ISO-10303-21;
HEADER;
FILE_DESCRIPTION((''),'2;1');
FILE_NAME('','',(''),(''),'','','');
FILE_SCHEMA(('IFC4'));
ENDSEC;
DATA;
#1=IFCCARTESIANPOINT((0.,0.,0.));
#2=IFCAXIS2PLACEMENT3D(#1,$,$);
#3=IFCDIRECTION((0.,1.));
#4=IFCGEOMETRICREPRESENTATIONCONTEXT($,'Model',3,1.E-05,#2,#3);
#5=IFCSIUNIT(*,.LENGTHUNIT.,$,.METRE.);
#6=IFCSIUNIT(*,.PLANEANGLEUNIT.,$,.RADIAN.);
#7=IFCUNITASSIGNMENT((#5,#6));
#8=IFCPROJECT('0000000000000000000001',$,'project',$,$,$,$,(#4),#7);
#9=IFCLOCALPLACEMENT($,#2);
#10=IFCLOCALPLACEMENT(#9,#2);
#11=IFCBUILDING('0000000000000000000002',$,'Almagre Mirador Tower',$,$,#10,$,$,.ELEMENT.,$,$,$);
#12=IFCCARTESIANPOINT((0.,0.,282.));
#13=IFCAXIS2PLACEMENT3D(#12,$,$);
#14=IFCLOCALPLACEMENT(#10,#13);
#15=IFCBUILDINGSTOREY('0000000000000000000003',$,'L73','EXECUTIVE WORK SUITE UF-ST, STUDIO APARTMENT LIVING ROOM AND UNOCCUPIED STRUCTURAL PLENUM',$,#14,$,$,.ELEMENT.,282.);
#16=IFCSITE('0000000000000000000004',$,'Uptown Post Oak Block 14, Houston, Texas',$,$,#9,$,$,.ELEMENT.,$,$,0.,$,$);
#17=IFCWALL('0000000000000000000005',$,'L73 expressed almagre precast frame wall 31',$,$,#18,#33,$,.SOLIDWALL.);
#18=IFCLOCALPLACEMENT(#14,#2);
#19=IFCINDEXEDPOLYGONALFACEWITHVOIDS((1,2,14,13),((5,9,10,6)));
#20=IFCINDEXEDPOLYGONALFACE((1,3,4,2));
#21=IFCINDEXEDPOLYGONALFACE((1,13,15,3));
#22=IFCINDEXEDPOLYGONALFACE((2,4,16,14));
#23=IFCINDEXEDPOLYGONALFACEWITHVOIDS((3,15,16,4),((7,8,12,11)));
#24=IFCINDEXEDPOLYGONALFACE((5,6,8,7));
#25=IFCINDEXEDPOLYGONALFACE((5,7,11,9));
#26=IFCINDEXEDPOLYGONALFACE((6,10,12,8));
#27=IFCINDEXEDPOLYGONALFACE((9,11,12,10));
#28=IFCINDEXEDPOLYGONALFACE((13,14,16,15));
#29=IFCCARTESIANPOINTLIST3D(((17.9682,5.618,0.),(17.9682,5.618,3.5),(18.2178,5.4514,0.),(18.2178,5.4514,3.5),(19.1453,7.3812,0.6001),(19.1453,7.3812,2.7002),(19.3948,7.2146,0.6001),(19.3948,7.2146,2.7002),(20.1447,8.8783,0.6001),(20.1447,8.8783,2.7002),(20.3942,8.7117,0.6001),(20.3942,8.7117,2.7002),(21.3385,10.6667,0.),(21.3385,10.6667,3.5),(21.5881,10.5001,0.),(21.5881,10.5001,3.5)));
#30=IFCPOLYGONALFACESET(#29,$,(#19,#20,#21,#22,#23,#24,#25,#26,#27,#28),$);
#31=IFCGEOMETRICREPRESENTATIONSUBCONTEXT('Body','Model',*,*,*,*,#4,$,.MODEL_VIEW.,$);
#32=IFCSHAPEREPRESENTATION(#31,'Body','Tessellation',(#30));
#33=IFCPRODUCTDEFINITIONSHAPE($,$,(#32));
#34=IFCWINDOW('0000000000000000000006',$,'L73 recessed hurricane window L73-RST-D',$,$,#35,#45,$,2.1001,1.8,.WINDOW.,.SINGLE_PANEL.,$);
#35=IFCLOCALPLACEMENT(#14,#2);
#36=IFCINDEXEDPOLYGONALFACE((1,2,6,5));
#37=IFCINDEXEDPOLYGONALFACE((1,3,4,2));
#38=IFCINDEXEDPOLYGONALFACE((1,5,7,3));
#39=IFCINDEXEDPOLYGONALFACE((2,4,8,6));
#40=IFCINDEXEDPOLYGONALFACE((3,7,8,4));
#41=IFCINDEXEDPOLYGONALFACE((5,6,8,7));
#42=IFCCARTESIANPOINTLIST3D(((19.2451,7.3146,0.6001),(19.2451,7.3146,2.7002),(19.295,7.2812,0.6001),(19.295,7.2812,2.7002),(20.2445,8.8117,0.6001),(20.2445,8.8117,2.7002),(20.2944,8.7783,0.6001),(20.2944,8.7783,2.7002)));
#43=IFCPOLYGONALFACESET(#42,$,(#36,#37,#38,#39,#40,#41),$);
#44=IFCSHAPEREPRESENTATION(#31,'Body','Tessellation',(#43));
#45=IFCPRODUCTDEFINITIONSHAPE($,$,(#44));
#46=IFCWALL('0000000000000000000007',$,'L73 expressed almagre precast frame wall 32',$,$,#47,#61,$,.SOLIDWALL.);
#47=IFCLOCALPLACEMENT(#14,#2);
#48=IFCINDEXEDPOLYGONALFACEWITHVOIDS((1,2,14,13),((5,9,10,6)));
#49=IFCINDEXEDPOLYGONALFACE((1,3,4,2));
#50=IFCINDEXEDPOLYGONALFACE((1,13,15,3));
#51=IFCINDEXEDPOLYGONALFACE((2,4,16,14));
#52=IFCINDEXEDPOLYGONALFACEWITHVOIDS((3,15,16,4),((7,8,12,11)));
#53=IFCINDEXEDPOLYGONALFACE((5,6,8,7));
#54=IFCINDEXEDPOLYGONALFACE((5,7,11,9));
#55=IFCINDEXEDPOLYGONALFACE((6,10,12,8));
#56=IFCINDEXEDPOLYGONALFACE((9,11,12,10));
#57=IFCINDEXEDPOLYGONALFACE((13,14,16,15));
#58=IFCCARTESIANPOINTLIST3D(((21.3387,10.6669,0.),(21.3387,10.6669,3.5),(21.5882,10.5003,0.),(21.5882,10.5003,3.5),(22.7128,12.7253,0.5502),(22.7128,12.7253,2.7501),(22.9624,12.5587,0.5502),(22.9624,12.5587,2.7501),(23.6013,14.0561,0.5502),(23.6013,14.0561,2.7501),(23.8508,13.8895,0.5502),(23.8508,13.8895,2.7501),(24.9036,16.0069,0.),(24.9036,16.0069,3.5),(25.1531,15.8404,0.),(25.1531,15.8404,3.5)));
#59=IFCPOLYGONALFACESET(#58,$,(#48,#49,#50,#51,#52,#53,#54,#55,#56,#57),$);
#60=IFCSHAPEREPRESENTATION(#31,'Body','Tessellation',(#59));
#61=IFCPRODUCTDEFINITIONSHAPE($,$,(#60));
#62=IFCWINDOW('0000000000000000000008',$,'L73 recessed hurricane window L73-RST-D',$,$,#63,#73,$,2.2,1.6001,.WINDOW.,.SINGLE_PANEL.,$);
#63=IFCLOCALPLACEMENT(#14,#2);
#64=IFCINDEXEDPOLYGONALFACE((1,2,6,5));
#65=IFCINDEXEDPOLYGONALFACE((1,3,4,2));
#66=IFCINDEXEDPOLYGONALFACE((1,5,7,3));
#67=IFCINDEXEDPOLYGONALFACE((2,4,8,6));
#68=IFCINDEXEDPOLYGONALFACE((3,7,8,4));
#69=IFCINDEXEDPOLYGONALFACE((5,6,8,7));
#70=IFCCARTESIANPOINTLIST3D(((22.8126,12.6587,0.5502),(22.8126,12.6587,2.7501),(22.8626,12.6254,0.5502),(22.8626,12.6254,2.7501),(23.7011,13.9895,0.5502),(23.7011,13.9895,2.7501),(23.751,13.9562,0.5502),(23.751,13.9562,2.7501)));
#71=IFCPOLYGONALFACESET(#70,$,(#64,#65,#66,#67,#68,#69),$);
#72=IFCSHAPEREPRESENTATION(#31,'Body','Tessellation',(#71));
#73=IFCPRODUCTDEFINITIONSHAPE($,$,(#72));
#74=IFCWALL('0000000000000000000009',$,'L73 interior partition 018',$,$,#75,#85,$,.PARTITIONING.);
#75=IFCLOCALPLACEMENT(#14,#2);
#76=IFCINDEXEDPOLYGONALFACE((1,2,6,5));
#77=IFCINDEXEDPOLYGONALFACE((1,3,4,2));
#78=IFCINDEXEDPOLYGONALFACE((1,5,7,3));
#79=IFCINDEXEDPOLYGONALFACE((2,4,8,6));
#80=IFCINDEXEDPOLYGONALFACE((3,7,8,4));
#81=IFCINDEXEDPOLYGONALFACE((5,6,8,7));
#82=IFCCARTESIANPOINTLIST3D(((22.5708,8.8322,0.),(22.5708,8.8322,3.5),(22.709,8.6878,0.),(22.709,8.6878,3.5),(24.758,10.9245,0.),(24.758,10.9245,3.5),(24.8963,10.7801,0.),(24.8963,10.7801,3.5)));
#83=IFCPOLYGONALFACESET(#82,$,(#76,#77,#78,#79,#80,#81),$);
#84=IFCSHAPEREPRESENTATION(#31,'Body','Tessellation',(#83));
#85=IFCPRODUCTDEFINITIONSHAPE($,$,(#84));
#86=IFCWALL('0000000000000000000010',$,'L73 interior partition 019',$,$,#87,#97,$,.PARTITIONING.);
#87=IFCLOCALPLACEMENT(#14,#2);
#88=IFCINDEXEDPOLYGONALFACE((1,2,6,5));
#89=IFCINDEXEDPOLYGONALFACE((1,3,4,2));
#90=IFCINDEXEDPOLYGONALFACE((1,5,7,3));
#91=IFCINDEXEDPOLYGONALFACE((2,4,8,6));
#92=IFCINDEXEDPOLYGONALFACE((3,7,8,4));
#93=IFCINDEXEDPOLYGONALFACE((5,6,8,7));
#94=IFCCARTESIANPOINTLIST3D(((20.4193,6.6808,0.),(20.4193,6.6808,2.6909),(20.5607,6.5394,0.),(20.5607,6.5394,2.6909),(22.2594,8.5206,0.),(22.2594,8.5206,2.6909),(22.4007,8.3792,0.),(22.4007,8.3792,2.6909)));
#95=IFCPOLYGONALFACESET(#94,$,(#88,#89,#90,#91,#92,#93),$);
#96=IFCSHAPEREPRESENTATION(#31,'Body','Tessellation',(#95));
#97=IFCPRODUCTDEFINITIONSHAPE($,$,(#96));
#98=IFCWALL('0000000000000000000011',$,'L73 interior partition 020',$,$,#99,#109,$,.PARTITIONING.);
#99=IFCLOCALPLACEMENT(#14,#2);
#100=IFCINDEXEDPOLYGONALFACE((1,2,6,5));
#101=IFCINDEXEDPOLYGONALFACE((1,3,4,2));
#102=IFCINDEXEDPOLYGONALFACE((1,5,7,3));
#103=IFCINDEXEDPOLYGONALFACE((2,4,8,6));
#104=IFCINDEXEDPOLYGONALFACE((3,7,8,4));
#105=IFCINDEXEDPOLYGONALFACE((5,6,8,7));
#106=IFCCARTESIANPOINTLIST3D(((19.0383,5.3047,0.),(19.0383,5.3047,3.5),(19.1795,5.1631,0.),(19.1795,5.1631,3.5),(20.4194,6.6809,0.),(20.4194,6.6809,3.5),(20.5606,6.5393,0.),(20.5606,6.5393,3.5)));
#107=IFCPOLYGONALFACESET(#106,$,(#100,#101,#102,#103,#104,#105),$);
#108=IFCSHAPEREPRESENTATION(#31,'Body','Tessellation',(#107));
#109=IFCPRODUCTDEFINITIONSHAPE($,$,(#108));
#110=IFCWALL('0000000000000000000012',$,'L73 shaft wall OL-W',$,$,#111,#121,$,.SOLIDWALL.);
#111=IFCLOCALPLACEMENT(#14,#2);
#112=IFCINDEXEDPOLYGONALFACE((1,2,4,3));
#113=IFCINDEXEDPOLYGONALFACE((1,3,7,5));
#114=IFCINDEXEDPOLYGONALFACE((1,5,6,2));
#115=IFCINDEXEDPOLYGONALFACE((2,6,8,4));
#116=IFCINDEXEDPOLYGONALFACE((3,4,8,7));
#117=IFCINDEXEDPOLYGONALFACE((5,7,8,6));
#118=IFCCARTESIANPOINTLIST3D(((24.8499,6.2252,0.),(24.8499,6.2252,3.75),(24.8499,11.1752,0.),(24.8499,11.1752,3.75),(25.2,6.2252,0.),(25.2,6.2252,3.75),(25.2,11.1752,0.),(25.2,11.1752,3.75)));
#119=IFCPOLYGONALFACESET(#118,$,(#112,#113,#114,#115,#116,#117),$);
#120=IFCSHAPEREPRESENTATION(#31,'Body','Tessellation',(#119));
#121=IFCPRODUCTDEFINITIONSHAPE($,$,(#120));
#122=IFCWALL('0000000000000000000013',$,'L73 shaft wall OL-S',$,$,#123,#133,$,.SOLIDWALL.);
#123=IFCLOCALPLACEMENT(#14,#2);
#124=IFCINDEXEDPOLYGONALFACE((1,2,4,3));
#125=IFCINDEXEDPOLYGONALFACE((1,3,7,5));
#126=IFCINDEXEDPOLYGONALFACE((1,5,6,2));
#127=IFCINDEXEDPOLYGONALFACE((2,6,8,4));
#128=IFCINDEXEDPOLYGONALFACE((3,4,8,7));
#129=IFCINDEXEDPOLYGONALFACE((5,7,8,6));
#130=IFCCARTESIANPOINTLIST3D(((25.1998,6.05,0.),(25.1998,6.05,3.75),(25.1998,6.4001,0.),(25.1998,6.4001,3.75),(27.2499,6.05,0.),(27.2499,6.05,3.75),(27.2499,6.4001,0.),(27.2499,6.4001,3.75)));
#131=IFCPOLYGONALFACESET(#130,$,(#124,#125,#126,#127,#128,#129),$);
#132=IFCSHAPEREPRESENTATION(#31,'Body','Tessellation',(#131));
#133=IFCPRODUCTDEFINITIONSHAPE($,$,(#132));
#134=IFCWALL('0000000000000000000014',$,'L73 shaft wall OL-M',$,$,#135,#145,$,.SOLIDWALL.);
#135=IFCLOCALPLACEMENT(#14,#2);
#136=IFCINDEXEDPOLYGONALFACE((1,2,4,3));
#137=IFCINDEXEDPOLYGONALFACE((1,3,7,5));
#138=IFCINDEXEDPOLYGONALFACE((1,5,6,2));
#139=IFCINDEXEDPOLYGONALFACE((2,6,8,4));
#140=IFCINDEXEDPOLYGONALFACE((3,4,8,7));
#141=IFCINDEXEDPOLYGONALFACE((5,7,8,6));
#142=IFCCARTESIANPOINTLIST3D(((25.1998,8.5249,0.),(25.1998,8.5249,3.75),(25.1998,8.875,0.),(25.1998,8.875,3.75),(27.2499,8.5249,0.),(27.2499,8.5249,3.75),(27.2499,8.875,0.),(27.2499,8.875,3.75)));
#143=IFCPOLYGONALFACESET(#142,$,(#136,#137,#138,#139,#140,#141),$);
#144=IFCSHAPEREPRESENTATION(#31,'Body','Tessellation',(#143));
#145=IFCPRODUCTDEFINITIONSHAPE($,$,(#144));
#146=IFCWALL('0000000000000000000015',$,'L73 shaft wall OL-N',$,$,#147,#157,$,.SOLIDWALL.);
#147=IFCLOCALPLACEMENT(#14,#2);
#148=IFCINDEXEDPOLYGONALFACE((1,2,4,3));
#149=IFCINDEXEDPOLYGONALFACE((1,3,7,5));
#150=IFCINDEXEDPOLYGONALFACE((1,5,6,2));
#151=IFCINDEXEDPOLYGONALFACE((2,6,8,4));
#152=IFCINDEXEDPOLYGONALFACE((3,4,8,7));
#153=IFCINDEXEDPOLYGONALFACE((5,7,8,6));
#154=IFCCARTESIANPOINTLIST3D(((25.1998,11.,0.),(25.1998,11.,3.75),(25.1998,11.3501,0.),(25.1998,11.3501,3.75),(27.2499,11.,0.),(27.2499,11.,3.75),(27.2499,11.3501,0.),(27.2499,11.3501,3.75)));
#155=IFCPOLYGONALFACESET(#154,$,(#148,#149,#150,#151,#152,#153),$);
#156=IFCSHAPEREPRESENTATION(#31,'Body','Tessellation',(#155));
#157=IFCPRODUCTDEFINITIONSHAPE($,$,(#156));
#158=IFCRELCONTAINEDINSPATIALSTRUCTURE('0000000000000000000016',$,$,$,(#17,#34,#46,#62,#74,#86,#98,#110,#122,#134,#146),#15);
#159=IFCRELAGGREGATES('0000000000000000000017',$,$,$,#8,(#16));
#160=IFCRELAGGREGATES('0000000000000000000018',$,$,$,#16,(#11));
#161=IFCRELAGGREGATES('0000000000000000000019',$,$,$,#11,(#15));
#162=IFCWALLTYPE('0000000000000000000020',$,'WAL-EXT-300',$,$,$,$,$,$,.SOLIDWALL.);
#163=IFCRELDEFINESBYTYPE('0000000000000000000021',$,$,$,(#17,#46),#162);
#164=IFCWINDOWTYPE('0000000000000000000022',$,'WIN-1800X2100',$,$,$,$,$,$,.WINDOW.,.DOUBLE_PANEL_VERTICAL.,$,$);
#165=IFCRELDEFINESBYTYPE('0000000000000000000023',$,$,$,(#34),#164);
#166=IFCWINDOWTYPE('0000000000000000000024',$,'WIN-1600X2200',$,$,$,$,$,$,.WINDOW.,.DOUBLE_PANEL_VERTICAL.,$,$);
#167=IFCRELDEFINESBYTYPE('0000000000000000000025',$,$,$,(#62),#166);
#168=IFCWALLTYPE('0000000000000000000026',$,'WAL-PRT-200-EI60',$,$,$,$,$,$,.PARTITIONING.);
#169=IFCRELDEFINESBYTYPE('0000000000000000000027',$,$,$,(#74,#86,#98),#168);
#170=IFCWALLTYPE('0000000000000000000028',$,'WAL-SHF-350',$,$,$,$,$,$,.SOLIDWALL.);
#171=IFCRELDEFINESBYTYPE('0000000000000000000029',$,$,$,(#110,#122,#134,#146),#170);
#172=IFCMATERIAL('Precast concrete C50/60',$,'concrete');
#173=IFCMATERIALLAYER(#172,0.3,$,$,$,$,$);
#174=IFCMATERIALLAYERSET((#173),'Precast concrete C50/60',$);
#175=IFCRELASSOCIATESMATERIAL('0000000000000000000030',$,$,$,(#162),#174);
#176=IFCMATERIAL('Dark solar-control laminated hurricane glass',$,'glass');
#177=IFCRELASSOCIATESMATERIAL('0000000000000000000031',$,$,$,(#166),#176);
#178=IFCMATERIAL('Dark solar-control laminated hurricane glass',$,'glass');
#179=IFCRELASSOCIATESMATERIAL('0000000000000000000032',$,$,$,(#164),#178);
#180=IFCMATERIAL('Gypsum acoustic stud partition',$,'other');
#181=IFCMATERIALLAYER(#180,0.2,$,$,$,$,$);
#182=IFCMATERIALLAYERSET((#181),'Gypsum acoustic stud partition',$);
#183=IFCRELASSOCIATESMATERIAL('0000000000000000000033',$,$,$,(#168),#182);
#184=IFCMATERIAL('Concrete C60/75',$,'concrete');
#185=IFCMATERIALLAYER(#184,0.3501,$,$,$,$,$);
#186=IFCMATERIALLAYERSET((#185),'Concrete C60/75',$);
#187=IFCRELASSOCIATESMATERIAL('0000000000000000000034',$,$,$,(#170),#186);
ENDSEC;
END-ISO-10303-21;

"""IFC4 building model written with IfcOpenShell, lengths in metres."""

from ifc_helpers import new_model, si_unit, direction, frame, frame_2d, origin, place, context, subcontext, project, spatial, rectangle, extrude, material, layer, layer_set, type_object, element, fill, save


model = new_model("IFC4")

# Units and contexts
model_context = context("Model", 3, precision=1e-05, world=origin(), true_north=direction((0.0, 1.0)))
body_context = subcontext(model_context, "Body", "Model", "MODEL_VIEW")
ifc_project = project(units=[si_unit("LENGTHUNIT", "METRE"), si_unit("PLANEANGLEUNIT", "RADIAN")], contexts=[model_context])

# Site, building, storey
site_placement = place(None, origin())
site = spatial("IfcSite", under=ifc_project, at=site_placement, Name="Uptown Post Oak Block 14, Houston, Texas", CompositionType="ELEMENT", RefElevation=0.0)
building_placement = place(site_placement, origin())
building = spatial("IfcBuilding", under=site, at=building_placement, Name="Almagre Mirador Tower", CompositionType="ELEMENT")
storey_placement = place(building_placement, frame((0.0, 0.0, 282.0)))
storey = spatial("IfcBuildingStorey", under=building, at=storey_placement, Name="L73", Description="EXECUTIVE WORK SUITE UF-ST, STUDIO APARTMENT LIVING ROOM AND UNOCCUPIED STRUCTURAL PLENUM", CompositionType="ELEMENT", Elevation=282.0)

# Shared definitions
ifc_material_1 = material(Name="Precast concrete C50/60", Category="concrete")
ifc_layer_1 = layer(ifc_material_1, 0.3)
ifc_layer_set_1 = layer_set([ifc_layer_1], Name="Precast concrete C50/60")
wall_type_1 = type_object("IfcWallType", Name="WAL-EXT-300", PredefinedType="SOLIDWALL", material=ifc_layer_set_1)

# Shared definitions
ifc_material_2 = material(Name="Dark solar-control laminated hurricane glass", Category="glass")
window_type_1 = type_object("IfcWindowType", Name="WIN-1600X2200", PartitioningType="DOUBLE_PANEL_VERTICAL", PredefinedType="WINDOW", material=ifc_material_2)

# Walls, openings, windows
wall_1_placement = place(storey_placement, frame((18.093, 5.5347, 0.0), z_axis=(0.0, 0.0, 1.0), x_axis=(0.555211, 0.83171, 0.0)))
wall_1 = element("IfcWall", 1, at=wall_1_placement, inside=storey, type_object=wall_type_1, Name="L73 expressed almagre precast frame wall 31", PredefinedType="SOLIDWALL", context=body_context, shape_type="SweptSolid", body=[
    extrude(rectangle(XDim=6.0703, YDim=0.3, at=frame_2d((3.0352, 0.0))), origin(), (0.0, 0.0, 1.0), 3.5),
])
opening_1_placement = place(wall_1_placement, frame((2.1201, 0.0, 0.6001)))
opening_1 = element("IfcOpeningElement", 2, at=opening_1_placement, cuts=wall_1, PredefinedType="OPENING", context=body_context, shape_type="SweptSolid", body=[
    extrude(rectangle(XDim=1.8, YDim=2.1001, at=frame_2d((0.8999, 1.05))), frame((0.0, 0.1599, 0.0), z_axis=(0.0, -1.0, 0.0), x_axis=(1.0, 0.0, 0.0)), (0.0, 0.0, 1.0), 0.32),
])
ifc_material_3 = material(Name="Dark solar-control laminated hurricane glass", Category="glass")
window_type_2 = type_object("IfcWindowType", Name="WIN-1800X2100", PartitioningType="DOUBLE_PANEL_VERTICAL", PredefinedType="WINDOW", material=ifc_material_3)
window_1_placement = place(opening_1_placement, origin())
window_1 = element("IfcWindow", 3, at=window_1_placement, inside=storey, type_object=window_type_2, Name="L73 recessed hurricane window L73-RST-D", OverallHeight=2.1001, OverallWidth=1.8, PartitioningType="SINGLE_PANEL", PredefinedType="WINDOW", context=body_context, shape_type="SweptSolid", body=[
    extrude(rectangle(XDim=1.8, YDim=2.1001, at=frame_2d((0.8999, 1.05))), frame((0.0, 0.03, 0.0), z_axis=(0.0, -1.0, 0.0), x_axis=(1.0, 0.0, 0.0)), (0.0, 0.0, 1.0), 0.0601),
])
fill(opening_1, window_1)
wall_2_placement = place(storey_placement, frame((21.4634, 10.5835, 0.0), z_axis=(0.0, 0.0, 1.0), x_axis=(0.555227, 0.831699, 0.0)))
wall_2 = element("IfcWall", 4, at=wall_2_placement, inside=storey, type_object=wall_type_1, Name="L73 expressed almagre precast frame wall 32", PredefinedType="SOLIDWALL", context=body_context, shape_type="SweptSolid", body=[
    extrude(rectangle(XDim=6.4207, YDim=0.3, at=frame_2d((3.2104, 0.0))), origin(), (0.0, 0.0, 1.0), 3.5),
])
opening_2_placement = place(wall_2_placement, frame((2.4751, 0.0, 0.55)))
opening_2 = element("IfcOpeningElement", 5, at=opening_2_placement, cuts=wall_2, PredefinedType="OPENING", context=body_context, shape_type="SweptSolid", body=[
    extrude(rectangle(XDim=1.6001, YDim=2.2, at=frame_2d((0.8, 1.1001))), frame((0.0, 0.1599, 0.0), z_axis=(0.0, -1.0, 0.0), x_axis=(1.0, 0.0, 0.0)), (0.0, 0.0, 1.0), 0.32),
])
window_2_placement = place(opening_2_placement, origin())
window_2 = element("IfcWindow", 6, at=window_2_placement, inside=storey, type_object=window_type_1, Name="L73 recessed hurricane window L73-RST-D", OverallHeight=2.2, OverallWidth=1.6001, PartitioningType="SINGLE_PANEL", PredefinedType="WINDOW", context=body_context, shape_type="SweptSolid", body=[
    extrude(rectangle(XDim=1.6001, YDim=2.2, at=frame_2d((0.8, 1.1001))), frame((0.0, 0.03, 0.0), z_axis=(0.0, -1.0, 0.0), x_axis=(1.0, 0.0, 0.0)), (0.0, 0.0, 1.0), 0.0601),
])
fill(opening_2, window_2)

# Walls
ifc_material_4 = material(Name="Gypsum acoustic stud partition", Category="other")
ifc_layer_2 = layer(ifc_material_4, 0.2)
ifc_layer_set_2 = layer_set([ifc_layer_2], Name="Gypsum acoustic stud partition")
wall_type_2 = type_object("IfcWallType", Name="WAL-PRT-200-EI60", PredefinedType="PARTITIONING", material=ifc_layer_set_2)
wall_3_placement = place(storey_placement, frame((24.8271, 10.8523, 0.0), z_axis=(0.0, 0.0, 1.0), x_axis=(-0.722621, -0.691245, 0.0)))
element("IfcWall", 7, at=wall_3_placement, inside=storey, type_object=wall_type_2, Name="L73 interior partition 018", PredefinedType="PARTITIONING", context=body_context, shape_type="SweptSolid", body=[
    extrude(rectangle(XDim=3.0269, YDim=0.2, at=frame_2d((1.5134, 0.0))), origin(), (0.0, 0.0, 1.0), 3.5),
])
wall_4_placement = place(storey_placement, frame((20.49, 6.6101, 0.0), z_axis=(0.0, 0.0, 1.0), x_axis=(0.707154, 0.70706, 0.0)))
element("IfcWall", 8, at=wall_4_placement, inside=storey, type_object=wall_type_2, Name="L73 interior partition 019", PredefinedType="PARTITIONING", context=body_context, shape_type="SweptSolid", body=[
    extrude(rectangle(XDim=2.6021, YDim=0.2, at=frame_2d((1.301, 0.0))), origin(), (0.0, 0.0, 1.0), 2.6909),
])
wall_5_placement = place(storey_placement, frame((20.49, 6.6101, 0.0), z_axis=(0.0, 0.0, 1.0), x_axis=(-0.708358, -0.705853, 0.0)))
element("IfcWall", 9, at=wall_5_placement, inside=storey, type_object=wall_type_2, Name="L73 interior partition 020", PredefinedType="PARTITIONING", context=body_context, shape_type="SweptSolid", body=[
    extrude(rectangle(XDim=1.9497, YDim=0.2, at=frame_2d((0.9749, 0.0))), origin(), (0.0, 0.0, 1.0), 3.5),
])
ifc_material_5 = material(Name="Concrete C60/75", Category="concrete")
ifc_layer_3 = layer(ifc_material_5, 0.3501)
ifc_layer_set_3 = layer_set([ifc_layer_3], Name="Concrete C60/75")
wall_type_3 = type_object("IfcWallType", Name="WAL-SHF-350", PredefinedType="SOLIDWALL", material=ifc_layer_set_3)
wall_6_placement = place(storey_placement, frame((25.0249, 6.2251, 0.0), z_axis=(0.0, 0.0, 1.0), x_axis=(0.0, 1.0, 0.0)))
element("IfcWall", 10, at=wall_6_placement, inside=storey, type_object=wall_type_3, Name="L73 shaft wall OL-W", PredefinedType="SOLIDWALL", context=body_context, shape_type="SweptSolid", body=[
    extrude(rectangle(XDim=4.95, YDim=0.3501, at=frame_2d((2.4751, 0.0))), origin(), (0.0, 0.0, 1.0), 3.75),
])
for number, where, z_axis, x_axis, name in (
    (11, (25.2, 6.2251, 0.0), (0.0, 0.0, 1.0), (1.0, 0.0, 0.0), "L73 shaft wall OL-S"),
    (12, (25.2, 8.7, 0.0), (0.0, 0.0, 1.0), (1.0, 0.0, 0.0), "L73 shaft wall OL-M"),
    (13, (25.2, 11.175, 0.0), (0.0, 0.0, 1.0), (1.0, 0.0, 0.0), "L73 shaft wall OL-N"),
):
    element("IfcWall", number, at=place(storey_placement, frame(where, z_axis=z_axis, x_axis=x_axis)), inside=storey, type_object=wall_type_3, Name=name, PredefinedType="SOLIDWALL", context=body_context, shape_type="SweptSolid", body=[
        extrude(rectangle(XDim=2.05, YDim=0.3501, at=frame_2d((1.0249, 0.0))), origin(), (0.0, 0.0, 1.0), 3.75),
    ])

save(model, "model.ifc")
